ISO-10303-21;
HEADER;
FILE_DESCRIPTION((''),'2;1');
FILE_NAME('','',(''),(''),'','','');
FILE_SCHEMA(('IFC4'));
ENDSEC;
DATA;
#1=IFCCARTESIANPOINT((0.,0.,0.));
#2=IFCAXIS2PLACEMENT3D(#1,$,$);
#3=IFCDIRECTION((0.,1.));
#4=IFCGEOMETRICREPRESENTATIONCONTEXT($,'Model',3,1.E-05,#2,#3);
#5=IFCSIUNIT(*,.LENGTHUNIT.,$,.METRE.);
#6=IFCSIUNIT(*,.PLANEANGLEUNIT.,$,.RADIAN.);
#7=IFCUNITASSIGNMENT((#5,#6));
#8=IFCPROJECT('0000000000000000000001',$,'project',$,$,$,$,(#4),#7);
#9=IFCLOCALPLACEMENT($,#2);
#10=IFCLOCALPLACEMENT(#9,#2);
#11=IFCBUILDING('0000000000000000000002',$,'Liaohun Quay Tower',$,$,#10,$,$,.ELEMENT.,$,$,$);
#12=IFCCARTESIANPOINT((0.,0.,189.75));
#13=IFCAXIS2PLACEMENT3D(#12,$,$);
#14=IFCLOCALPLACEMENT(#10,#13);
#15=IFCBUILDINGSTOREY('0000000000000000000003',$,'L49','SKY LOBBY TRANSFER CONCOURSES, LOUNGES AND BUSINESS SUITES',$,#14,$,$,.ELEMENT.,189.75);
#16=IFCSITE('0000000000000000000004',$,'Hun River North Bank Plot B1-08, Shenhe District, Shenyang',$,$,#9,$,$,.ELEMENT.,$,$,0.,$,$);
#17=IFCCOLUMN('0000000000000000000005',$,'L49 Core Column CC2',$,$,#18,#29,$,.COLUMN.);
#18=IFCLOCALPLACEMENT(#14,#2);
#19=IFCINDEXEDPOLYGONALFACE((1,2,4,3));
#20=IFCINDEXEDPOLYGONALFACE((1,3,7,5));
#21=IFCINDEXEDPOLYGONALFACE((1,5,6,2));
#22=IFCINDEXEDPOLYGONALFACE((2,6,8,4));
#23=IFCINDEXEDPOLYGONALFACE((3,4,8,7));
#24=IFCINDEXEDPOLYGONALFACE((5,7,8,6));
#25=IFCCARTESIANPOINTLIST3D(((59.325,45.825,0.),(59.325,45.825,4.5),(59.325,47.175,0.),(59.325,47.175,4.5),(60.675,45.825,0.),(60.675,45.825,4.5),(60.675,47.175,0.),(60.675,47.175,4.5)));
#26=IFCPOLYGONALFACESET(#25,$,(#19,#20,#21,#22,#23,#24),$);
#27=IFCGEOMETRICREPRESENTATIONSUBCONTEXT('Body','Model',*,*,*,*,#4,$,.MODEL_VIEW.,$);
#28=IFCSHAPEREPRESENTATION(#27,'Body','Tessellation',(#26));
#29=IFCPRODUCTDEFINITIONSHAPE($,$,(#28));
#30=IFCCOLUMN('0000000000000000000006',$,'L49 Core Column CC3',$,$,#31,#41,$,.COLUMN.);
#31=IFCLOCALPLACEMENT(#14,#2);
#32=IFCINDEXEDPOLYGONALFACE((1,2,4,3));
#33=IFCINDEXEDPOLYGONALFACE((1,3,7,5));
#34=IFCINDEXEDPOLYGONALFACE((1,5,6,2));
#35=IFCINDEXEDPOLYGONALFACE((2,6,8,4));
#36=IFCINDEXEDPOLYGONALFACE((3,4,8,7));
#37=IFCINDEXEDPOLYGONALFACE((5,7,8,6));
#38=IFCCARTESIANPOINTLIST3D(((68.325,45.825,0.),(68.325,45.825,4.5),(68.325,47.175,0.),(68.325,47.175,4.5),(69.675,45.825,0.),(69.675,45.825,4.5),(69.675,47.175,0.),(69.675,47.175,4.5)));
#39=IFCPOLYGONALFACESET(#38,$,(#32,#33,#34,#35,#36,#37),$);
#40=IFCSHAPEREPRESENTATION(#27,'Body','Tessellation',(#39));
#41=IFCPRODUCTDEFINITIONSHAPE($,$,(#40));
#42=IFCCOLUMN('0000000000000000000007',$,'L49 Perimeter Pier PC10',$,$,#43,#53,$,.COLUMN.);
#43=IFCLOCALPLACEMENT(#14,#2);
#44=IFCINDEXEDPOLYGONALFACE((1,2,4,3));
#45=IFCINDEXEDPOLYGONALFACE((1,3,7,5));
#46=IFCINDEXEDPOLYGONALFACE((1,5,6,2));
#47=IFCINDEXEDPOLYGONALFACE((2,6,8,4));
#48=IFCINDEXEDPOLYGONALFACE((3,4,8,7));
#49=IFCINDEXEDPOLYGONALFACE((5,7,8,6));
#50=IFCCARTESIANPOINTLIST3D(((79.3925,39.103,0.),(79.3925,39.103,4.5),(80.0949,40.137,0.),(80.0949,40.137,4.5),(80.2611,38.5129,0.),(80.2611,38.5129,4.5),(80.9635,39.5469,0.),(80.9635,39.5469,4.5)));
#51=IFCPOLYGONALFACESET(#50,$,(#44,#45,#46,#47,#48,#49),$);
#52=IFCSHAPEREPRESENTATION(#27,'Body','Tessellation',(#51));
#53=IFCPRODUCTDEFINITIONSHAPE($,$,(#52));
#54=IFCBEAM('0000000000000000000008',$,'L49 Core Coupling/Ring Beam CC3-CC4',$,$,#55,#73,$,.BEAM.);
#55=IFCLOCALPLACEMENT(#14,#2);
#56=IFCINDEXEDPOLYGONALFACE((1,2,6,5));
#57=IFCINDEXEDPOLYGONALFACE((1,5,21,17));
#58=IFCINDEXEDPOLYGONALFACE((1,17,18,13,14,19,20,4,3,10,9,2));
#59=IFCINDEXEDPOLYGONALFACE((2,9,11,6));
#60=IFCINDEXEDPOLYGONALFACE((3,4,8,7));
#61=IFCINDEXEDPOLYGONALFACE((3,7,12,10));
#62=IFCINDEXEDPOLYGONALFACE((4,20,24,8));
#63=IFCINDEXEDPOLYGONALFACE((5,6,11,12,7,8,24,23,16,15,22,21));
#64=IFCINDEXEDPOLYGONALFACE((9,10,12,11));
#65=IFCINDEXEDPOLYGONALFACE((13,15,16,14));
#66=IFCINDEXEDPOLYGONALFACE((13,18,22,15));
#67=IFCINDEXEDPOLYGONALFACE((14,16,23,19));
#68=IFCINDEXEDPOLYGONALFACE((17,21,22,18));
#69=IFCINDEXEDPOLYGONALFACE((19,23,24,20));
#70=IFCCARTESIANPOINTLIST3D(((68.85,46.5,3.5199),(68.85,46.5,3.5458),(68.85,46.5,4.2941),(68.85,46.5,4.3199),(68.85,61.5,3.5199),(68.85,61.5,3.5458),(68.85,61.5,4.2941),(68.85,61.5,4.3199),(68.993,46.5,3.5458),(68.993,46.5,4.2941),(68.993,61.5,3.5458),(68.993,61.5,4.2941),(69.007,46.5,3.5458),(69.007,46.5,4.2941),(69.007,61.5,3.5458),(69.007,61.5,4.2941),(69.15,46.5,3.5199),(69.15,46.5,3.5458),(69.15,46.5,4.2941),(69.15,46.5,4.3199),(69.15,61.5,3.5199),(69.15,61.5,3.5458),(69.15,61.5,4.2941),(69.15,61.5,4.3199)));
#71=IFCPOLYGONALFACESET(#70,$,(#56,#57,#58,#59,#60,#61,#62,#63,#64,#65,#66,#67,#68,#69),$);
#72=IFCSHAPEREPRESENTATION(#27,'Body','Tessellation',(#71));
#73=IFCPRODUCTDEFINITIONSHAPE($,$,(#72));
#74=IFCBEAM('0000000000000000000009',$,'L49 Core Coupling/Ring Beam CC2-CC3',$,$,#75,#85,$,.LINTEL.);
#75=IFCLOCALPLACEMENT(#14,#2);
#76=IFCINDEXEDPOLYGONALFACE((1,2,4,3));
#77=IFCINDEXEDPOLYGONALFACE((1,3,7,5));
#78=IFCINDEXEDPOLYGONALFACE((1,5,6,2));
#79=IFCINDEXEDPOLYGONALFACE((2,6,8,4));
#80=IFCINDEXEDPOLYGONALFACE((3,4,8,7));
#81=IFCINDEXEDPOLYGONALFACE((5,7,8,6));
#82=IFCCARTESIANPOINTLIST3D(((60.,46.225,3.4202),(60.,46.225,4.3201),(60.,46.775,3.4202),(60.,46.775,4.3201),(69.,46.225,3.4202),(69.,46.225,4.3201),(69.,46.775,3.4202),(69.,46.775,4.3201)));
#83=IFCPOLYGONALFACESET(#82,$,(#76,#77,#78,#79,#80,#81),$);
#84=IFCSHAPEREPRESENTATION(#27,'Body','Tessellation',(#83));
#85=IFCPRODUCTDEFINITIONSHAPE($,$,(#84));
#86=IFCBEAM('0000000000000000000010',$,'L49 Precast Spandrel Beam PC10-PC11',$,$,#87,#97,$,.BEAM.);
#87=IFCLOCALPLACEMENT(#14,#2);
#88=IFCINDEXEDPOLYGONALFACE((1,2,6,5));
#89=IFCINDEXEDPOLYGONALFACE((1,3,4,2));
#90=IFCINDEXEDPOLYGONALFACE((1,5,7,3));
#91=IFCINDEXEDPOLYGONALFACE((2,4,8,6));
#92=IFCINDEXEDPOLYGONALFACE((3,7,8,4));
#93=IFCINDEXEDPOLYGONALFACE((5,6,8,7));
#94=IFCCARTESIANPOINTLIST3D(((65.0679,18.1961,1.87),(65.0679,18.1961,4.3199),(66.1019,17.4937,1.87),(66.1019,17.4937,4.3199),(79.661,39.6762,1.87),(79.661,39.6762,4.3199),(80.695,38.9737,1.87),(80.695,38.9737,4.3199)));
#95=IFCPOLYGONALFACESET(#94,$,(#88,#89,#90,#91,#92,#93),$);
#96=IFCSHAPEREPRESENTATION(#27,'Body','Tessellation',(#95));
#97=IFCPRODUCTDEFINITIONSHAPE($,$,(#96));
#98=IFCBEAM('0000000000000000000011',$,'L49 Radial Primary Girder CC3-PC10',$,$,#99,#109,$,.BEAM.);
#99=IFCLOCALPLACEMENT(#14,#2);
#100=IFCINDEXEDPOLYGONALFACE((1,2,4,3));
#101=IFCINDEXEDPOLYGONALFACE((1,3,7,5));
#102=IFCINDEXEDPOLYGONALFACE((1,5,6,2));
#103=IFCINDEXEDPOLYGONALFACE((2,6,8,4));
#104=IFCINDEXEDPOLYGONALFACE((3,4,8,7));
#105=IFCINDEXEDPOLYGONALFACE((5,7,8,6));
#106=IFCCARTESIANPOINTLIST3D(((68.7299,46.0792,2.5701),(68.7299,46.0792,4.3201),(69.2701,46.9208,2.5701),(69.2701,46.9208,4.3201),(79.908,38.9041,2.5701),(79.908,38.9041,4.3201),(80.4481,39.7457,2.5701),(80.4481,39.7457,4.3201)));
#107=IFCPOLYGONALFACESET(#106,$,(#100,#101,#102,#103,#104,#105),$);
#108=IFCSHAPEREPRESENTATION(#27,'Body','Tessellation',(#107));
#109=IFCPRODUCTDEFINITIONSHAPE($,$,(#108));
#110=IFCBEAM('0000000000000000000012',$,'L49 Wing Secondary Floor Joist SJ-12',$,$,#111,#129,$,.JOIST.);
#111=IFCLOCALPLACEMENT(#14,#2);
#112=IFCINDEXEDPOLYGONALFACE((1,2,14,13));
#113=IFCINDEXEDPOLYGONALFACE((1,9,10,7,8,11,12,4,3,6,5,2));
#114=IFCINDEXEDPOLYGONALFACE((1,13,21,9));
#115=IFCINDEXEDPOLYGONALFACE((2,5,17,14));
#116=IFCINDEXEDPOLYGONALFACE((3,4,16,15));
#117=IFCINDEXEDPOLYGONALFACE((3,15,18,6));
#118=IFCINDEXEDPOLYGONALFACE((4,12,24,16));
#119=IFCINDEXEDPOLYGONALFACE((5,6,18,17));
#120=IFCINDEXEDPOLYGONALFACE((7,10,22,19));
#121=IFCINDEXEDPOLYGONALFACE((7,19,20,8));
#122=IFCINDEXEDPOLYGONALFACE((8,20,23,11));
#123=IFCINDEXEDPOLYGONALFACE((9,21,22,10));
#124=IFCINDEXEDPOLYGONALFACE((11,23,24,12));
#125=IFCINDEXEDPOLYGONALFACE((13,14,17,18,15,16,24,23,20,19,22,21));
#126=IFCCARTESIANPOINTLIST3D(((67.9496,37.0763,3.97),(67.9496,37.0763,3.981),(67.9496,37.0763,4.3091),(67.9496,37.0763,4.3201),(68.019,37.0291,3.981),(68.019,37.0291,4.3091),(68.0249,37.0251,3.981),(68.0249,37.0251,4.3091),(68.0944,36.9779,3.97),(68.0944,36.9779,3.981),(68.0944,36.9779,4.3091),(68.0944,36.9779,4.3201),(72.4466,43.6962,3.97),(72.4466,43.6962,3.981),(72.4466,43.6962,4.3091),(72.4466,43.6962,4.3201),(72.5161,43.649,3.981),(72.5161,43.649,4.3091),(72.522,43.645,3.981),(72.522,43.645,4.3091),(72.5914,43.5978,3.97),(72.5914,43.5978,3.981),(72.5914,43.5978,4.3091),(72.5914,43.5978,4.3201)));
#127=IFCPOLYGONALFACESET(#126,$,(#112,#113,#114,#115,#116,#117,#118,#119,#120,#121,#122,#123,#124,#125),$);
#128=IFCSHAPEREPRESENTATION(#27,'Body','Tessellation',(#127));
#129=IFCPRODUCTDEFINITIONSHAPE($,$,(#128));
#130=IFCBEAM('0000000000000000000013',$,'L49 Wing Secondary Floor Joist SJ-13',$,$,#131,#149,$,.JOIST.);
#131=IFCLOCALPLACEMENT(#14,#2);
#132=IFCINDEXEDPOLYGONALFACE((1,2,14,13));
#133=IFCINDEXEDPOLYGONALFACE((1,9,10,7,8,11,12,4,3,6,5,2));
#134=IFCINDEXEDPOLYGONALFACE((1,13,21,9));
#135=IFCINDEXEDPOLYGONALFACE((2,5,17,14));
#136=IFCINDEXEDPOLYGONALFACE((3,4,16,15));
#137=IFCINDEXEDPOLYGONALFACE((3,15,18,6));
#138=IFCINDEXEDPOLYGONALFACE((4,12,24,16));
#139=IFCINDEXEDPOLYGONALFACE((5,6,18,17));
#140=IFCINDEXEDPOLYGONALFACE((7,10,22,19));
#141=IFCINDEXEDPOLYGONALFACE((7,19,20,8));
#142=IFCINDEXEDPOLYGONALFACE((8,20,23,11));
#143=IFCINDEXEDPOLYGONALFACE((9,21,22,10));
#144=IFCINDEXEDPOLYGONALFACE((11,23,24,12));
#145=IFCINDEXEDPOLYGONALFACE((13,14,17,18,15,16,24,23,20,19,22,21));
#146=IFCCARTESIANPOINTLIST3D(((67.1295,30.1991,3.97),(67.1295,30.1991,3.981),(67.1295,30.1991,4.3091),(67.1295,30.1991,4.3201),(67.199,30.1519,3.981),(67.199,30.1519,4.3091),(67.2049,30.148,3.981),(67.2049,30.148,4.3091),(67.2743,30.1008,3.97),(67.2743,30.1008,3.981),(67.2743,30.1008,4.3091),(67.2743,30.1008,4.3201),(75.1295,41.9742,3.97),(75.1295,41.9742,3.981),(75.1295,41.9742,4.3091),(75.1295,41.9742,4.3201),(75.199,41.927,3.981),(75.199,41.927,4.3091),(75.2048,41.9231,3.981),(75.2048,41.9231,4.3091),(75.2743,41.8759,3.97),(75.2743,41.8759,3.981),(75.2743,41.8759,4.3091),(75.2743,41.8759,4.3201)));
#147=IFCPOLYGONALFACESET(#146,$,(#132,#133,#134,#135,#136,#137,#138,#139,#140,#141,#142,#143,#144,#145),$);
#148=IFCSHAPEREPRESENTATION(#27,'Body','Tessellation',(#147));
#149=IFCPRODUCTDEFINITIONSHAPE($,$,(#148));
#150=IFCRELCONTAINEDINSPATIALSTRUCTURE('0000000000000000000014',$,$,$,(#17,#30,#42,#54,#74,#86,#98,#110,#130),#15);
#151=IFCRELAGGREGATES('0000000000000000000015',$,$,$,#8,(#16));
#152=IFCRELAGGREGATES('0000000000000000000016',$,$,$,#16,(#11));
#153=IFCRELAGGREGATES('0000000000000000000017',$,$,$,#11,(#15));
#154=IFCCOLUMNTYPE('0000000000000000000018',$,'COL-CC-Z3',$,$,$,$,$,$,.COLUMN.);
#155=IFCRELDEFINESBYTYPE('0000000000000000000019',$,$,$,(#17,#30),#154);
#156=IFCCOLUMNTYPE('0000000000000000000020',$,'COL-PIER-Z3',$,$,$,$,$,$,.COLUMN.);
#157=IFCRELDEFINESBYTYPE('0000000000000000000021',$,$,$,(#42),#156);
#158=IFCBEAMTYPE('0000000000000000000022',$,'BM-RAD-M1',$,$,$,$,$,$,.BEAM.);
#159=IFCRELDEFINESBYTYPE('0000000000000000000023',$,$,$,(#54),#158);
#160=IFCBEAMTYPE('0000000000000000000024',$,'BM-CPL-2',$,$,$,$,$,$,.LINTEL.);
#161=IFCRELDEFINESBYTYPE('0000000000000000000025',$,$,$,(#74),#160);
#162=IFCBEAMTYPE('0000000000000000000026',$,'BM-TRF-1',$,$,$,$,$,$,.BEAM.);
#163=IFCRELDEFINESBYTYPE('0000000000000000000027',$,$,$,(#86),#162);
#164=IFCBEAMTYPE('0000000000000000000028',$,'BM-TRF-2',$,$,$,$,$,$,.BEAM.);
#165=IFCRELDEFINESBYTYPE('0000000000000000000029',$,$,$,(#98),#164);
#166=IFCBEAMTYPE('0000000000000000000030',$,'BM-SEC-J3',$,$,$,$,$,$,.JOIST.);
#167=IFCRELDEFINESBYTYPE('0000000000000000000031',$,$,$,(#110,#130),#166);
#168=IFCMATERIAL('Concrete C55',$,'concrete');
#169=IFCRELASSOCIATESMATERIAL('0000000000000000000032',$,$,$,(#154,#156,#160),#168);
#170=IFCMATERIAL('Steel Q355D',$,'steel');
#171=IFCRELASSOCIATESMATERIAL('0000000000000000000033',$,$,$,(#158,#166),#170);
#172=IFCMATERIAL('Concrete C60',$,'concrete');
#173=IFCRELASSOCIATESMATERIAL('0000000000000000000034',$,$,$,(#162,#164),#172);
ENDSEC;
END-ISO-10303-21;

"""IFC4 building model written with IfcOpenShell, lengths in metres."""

from ifc_helpers import new_model, si_unit, direction, frame, origin, origin_2d, place, context, subcontext, project, spatial, rectangle, i_section, extrude, source, transform, mapped, material, material_profile, profile_set, type_object, element, save


model = new_model("IFC4")

# Units and contexts
model_context = context("Model", 3, precision=1e-05, world=origin(), true_north=direction((0.0, 1.0)))
body_context = subcontext(model_context, "Body", "Model", "MODEL_VIEW")
ifc_project = project(units=[si_unit("LENGTHUNIT", "METRE"), si_unit("PLANEANGLEUNIT", "RADIAN")], contexts=[model_context])

# Site, building, storey
site_placement = place(None, origin())
site = spatial("IfcSite", under=ifc_project, at=site_placement, Name="Hun River North Bank Plot B1-08, Shenhe District, Shenyang", CompositionType="ELEMENT", RefElevation=0.0)
building_placement = place(site_placement, origin())
building = spatial("IfcBuilding", under=site, at=building_placement, Name="Liaohun Quay Tower", CompositionType="ELEMENT")
storey_placement = place(building_placement, frame((0.0, 0.0, 189.75)))
storey = spatial("IfcBuildingStorey", under=building, at=storey_placement, Name="L49", Description="SKY LOBBY TRANSFER CONCOURSES, LOUNGES AND BUSINESS SUITES", CompositionType="ELEMENT", Elevation=189.75)

# Columns
ifc_material_1 = material(Name="Concrete C55", Category="concrete")
ifc_material_profile_1 = material_profile(ifc_material_1, rectangle(XDim=1.3501, YDim=1.3501, at=origin_2d()), Name="RC1350x1350")
ifc_profile_set_1 = profile_set([ifc_material_profile_1], Name="Concrete C55")
column_type_1 = type_object("IfcColumnType", Name="COL-CC-Z3", PredefinedType="COLUMN", material=ifc_profile_set_1)
shared_shape_1 = source(origin(), body_context, "Body", "SweptSolid", [
    extrude(rectangle(XDim=1.3501, YDim=1.3501, at=origin_2d()), origin(), (0.0, 0.0, 1.0), 4.5),
])
for number, where, z_axis, x_axis, name in (
    (1, (60.0, 46.5, 0.0), (0.0, 0.0, 1.0), (1.0, 0.0, 0.0), "L49 Core Column CC2"),
    (2, (69.0, 46.5, 0.0), (0.0, 0.0, 1.0), (1.0, 0.0, 0.0), "L49 Core Column CC3"),
):
    element("IfcColumn", number, at=place(storey_placement, frame(where, z_axis=z_axis, x_axis=x_axis)), inside=storey, type_object=column_type_1, Name=name, PredefinedType="COLUMN", context=body_context, shape_type="MappedRepresentation", body=[
        mapped(shared_shape_1, transform((0.0, 0.0, 0.0), x_axis=(1.0, 0.0, 0.0), y_axis=(0.0, 1.0, 0.0), z_axis=(0.0, 0.0, 1.0), scale=1.0)),
    ])
ifc_material_profile_2 = material_profile(ifc_material_1, rectangle(XDim=1.25, YDim=1.05, at=origin_2d()), Name="RC1250x1050")
ifc_profile_set_2 = profile_set([ifc_material_profile_2], Name="Concrete C55")
column_type_2 = type_object("IfcColumnType", Name="COL-PIER-Z3", PredefinedType="COLUMN", material=ifc_profile_set_2)
shared_shape_2 = source(origin(), body_context, "Body", "SweptSolid", [
    extrude(rectangle(XDim=1.25, YDim=1.05, at=origin_2d()), origin(), (0.0, 0.0, 1.0), 4.5),
])
column_placement = place(storey_placement, frame((80.178, 39.325, 0.0), z_axis=(0.0, 0.0, 1.0), x_axis=(0.561939, 0.827179, 0.0)))
element("IfcColumn", 3, at=column_placement, inside=storey, type_object=column_type_2, Name="L49 Perimeter Pier PC10", PredefinedType="COLUMN", context=body_context, shape_type="MappedRepresentation", body=[
    mapped(shared_shape_2, transform((0.0, 0.0, 0.0), x_axis=(1.0, 0.0, 0.0), y_axis=(0.0, 1.0, 0.0), z_axis=(0.0, 0.0, 1.0), scale=1.0)),
])

# Beams
ifc_material_2 = material(Name="Steel Q355D", Category="steel")
ifc_material_profile_3 = material_profile(ifc_material_2, i_section(OverallWidth=0.3, OverallDepth=0.8, WebThickness=0.0139, FlangeThickness=0.0259, at=origin_2d()), Name="HN800x300x14x26")
ifc_profile_set_3 = profile_set([ifc_material_profile_3], Name="Steel Q355D")
beam_type_1 = type_object("IfcBeamType", Name="BM-RAD-M1", PredefinedType="BEAM", material=ifc_profile_set_3)
shared_shape_3 = source(origin(), body_context, "Body", "SweptSolid", [
    extrude(i_section(OverallWidth=0.3, OverallDepth=0.8, WebThickness=0.0139, FlangeThickness=0.0259, at=origin_2d()), origin(), (0.0, 0.0, 1.0), 15.0),
])
beam_1_placement = place(storey_placement, frame((69.0, 46.5, 3.9199), z_axis=(0.0, 1.0, 0.0), x_axis=(-1.0, 0.0, 0.0)))
element("IfcBeam", 4, at=beam_1_placement, inside=storey, type_object=beam_type_1, Name="L49 Core Coupling/Ring Beam CC3-CC4", PredefinedType="BEAM", context=body_context, shape_type="MappedRepresentation", body=[
    mapped(shared_shape_3, transform((0.0, 0.0, 0.0), x_axis=(1.0, 0.0, 0.0), y_axis=(0.0, 1.0, 0.0), z_axis=(0.0, 0.0, 1.0), scale=1.0)),
])
ifc_material_profile_4 = material_profile(ifc_material_1, rectangle(XDim=0.55, YDim=0.8999, at=origin_2d()), Name="RC550x900")
ifc_profile_set_4 = profile_set([ifc_material_profile_4], Name="Concrete C55")
beam_type_2 = type_object("IfcBeamType", Name="BM-CPL-2", PredefinedType="LINTEL", material=ifc_profile_set_4)
shared_shape_4 = source(origin(), body_context, "Body", "SweptSolid", [
    extrude(rectangle(XDim=0.55, YDim=0.8999, at=origin_2d()), origin(), (0.0, 0.0, 1.0), 9.0),
])
beam_2_placement = place(storey_placement, frame((60.0, 46.5, 3.8701), z_axis=(1.0, 0.0, 0.0), x_axis=(0.0, 1.0, 0.0)))
element("IfcBeam", 5, at=beam_2_placement, inside=storey, type_object=beam_type_2, Name="L49 Core Coupling/Ring Beam CC2-CC3", PredefinedType="LINTEL", context=body_context, shape_type="MappedRepresentation", body=[
    mapped(shared_shape_4, transform((0.0, 0.0, 0.0), x_axis=(1.0, 0.0, 0.0), y_axis=(0.0, 1.0, 0.0), z_axis=(0.0, 0.0, 1.0), scale=1.0)),
])
ifc_material_3 = material(Name="Concrete C60", Category="concrete")
ifc_material_profile_5 = material_profile(ifc_material_3, rectangle(XDim=1.25, YDim=2.45, at=origin_2d()), Name="RC1250x2450")
ifc_profile_set_5 = profile_set([ifc_material_profile_5], Name="Concrete C60")
beam_type_3 = type_object("IfcBeamType", Name="BM-TRF-1", PredefinedType="BEAM", material=ifc_profile_set_5)
shared_shape_5 = source(origin(), body_context, "Body", "SweptSolid", [
    extrude(rectangle(XDim=1.25, YDim=2.45, at=origin_2d()), origin(), (0.0, 0.0, 1.0), 25.9683),
])
beam_3_placement = place(storey_placement, frame((80.178, 39.325, 3.095), z_axis=(-0.561958, -0.827166, 0.0), x_axis=(0.827166, -0.561958, 0.0)))
element("IfcBeam", 6, at=beam_3_placement, inside=storey, type_object=beam_type_3, Name="L49 Precast Spandrel Beam PC10-PC11", PredefinedType="BEAM", context=body_context, shape_type="MappedRepresentation", body=[
    mapped(shared_shape_5, transform((0.0, 0.0, 0.0), x_axis=(1.0, 0.0, 0.0), y_axis=(0.0, 1.0, 0.0), z_axis=(0.0, 0.0, 1.0), scale=1.0)),
])
ifc_material_profile_6 = material_profile(ifc_material_3, rectangle(XDim=1.0, YDim=1.75, at=origin_2d()), Name="RC1000x1750")
ifc_profile_set_6 = profile_set([ifc_material_profile_6], Name="Concrete C60")
beam_type_4 = type_object("IfcBeamType", Name="BM-TRF-2", PredefinedType="BEAM", material=ifc_profile_set_6)
shared_shape_6 = source(origin(), body_context, "Body", "SweptSolid", [
    extrude(rectangle(XDim=1.0, YDim=1.75, at=origin_2d()), origin(), (0.0, 0.0, 1.0), 13.2827),
])
beam_4_placement = place(storey_placement, frame((69.0, 46.5, 3.4451), z_axis=(0.841548, -0.540182, 0.0), x_axis=(0.540182, 0.841548, 0.0)))
element("IfcBeam", 7, at=beam_4_placement, inside=storey, type_object=beam_type_4, Name="L49 Radial Primary Girder CC3-PC10", PredefinedType="BEAM", context=body_context, shape_type="MappedRepresentation", body=[
    mapped(shared_shape_6, transform((0.0, 0.0, 0.0), x_axis=(1.0, 0.0, 0.0), y_axis=(0.0, 1.0, 0.0), z_axis=(0.0, 0.0, 1.0), scale=1.0)),
])
ifc_material_profile_7 = material_profile(ifc_material_2, i_section(OverallWidth=0.175, OverallDepth=0.3501, WebThickness=0.0071, FlangeThickness=0.011, at=origin_2d()), Name="HN350x175x7x11")
ifc_profile_set_7 = profile_set([ifc_material_profile_7], Name="Steel Q355D")
beam_type_5 = type_object("IfcBeamType", Name="BM-SEC-J3", PredefinedType="JOIST", material=ifc_profile_set_7)
shared_shape_7 = source(origin(), body_context, "Body", "SweptSolid", [
    extrude(i_section(OverallWidth=0.175, OverallDepth=0.3501, WebThickness=0.0071, FlangeThickness=0.011, at=origin_2d()), origin(), (0.0, 0.0, 1.0), 8.0029),
])
beam_5_placement = place(storey_placement, frame((72.519, 43.647, 4.145), z_axis=(-0.56193, -0.827185, 0.0), x_axis=(0.827185, -0.56193, 0.0)))
element("IfcBeam", 8, at=beam_5_placement, inside=storey, type_object=beam_type_5, Name="L49 Wing Secondary Floor Joist SJ-12", PredefinedType="JOIST", context=body_context, shape_type="MappedRepresentation", body=[
    mapped(shared_shape_7, transform((0.0, 0.0, 0.0), x_axis=(1.0, 0.0, 0.0), y_axis=(0.0, 1.0, 0.0), z_axis=(0.0, 0.0, 1.0), scale=1.0)),
])
shared_shape_8 = source(origin(), body_context, "Body", "SweptSolid", [
    extrude(i_section(OverallWidth=0.175, OverallDepth=0.3501, WebThickness=0.0071, FlangeThickness=0.011, at=origin_2d()), origin(), (0.0, 0.0, 1.0), 14.2356),
])
beam_6_placement = place(storey_placement, frame((75.2019, 41.925, 4.145), z_axis=(-0.561969, -0.827158, 0.0), x_axis=(0.827158, -0.561969, 0.0)))
element("IfcBeam", 9, at=beam_6_placement, inside=storey, type_object=beam_type_5, Name="L49 Wing Secondary Floor Joist SJ-13", PredefinedType="JOIST", context=body_context, shape_type="MappedRepresentation", body=[
    mapped(shared_shape_8, transform((0.0, 0.0, 0.0), x_axis=(1.0, 0.0, 0.0), y_axis=(0.0, 1.0, 0.0), z_axis=(0.0, 0.0, 1.0), scale=1.0)),
])

save(model, "model.ifc")
